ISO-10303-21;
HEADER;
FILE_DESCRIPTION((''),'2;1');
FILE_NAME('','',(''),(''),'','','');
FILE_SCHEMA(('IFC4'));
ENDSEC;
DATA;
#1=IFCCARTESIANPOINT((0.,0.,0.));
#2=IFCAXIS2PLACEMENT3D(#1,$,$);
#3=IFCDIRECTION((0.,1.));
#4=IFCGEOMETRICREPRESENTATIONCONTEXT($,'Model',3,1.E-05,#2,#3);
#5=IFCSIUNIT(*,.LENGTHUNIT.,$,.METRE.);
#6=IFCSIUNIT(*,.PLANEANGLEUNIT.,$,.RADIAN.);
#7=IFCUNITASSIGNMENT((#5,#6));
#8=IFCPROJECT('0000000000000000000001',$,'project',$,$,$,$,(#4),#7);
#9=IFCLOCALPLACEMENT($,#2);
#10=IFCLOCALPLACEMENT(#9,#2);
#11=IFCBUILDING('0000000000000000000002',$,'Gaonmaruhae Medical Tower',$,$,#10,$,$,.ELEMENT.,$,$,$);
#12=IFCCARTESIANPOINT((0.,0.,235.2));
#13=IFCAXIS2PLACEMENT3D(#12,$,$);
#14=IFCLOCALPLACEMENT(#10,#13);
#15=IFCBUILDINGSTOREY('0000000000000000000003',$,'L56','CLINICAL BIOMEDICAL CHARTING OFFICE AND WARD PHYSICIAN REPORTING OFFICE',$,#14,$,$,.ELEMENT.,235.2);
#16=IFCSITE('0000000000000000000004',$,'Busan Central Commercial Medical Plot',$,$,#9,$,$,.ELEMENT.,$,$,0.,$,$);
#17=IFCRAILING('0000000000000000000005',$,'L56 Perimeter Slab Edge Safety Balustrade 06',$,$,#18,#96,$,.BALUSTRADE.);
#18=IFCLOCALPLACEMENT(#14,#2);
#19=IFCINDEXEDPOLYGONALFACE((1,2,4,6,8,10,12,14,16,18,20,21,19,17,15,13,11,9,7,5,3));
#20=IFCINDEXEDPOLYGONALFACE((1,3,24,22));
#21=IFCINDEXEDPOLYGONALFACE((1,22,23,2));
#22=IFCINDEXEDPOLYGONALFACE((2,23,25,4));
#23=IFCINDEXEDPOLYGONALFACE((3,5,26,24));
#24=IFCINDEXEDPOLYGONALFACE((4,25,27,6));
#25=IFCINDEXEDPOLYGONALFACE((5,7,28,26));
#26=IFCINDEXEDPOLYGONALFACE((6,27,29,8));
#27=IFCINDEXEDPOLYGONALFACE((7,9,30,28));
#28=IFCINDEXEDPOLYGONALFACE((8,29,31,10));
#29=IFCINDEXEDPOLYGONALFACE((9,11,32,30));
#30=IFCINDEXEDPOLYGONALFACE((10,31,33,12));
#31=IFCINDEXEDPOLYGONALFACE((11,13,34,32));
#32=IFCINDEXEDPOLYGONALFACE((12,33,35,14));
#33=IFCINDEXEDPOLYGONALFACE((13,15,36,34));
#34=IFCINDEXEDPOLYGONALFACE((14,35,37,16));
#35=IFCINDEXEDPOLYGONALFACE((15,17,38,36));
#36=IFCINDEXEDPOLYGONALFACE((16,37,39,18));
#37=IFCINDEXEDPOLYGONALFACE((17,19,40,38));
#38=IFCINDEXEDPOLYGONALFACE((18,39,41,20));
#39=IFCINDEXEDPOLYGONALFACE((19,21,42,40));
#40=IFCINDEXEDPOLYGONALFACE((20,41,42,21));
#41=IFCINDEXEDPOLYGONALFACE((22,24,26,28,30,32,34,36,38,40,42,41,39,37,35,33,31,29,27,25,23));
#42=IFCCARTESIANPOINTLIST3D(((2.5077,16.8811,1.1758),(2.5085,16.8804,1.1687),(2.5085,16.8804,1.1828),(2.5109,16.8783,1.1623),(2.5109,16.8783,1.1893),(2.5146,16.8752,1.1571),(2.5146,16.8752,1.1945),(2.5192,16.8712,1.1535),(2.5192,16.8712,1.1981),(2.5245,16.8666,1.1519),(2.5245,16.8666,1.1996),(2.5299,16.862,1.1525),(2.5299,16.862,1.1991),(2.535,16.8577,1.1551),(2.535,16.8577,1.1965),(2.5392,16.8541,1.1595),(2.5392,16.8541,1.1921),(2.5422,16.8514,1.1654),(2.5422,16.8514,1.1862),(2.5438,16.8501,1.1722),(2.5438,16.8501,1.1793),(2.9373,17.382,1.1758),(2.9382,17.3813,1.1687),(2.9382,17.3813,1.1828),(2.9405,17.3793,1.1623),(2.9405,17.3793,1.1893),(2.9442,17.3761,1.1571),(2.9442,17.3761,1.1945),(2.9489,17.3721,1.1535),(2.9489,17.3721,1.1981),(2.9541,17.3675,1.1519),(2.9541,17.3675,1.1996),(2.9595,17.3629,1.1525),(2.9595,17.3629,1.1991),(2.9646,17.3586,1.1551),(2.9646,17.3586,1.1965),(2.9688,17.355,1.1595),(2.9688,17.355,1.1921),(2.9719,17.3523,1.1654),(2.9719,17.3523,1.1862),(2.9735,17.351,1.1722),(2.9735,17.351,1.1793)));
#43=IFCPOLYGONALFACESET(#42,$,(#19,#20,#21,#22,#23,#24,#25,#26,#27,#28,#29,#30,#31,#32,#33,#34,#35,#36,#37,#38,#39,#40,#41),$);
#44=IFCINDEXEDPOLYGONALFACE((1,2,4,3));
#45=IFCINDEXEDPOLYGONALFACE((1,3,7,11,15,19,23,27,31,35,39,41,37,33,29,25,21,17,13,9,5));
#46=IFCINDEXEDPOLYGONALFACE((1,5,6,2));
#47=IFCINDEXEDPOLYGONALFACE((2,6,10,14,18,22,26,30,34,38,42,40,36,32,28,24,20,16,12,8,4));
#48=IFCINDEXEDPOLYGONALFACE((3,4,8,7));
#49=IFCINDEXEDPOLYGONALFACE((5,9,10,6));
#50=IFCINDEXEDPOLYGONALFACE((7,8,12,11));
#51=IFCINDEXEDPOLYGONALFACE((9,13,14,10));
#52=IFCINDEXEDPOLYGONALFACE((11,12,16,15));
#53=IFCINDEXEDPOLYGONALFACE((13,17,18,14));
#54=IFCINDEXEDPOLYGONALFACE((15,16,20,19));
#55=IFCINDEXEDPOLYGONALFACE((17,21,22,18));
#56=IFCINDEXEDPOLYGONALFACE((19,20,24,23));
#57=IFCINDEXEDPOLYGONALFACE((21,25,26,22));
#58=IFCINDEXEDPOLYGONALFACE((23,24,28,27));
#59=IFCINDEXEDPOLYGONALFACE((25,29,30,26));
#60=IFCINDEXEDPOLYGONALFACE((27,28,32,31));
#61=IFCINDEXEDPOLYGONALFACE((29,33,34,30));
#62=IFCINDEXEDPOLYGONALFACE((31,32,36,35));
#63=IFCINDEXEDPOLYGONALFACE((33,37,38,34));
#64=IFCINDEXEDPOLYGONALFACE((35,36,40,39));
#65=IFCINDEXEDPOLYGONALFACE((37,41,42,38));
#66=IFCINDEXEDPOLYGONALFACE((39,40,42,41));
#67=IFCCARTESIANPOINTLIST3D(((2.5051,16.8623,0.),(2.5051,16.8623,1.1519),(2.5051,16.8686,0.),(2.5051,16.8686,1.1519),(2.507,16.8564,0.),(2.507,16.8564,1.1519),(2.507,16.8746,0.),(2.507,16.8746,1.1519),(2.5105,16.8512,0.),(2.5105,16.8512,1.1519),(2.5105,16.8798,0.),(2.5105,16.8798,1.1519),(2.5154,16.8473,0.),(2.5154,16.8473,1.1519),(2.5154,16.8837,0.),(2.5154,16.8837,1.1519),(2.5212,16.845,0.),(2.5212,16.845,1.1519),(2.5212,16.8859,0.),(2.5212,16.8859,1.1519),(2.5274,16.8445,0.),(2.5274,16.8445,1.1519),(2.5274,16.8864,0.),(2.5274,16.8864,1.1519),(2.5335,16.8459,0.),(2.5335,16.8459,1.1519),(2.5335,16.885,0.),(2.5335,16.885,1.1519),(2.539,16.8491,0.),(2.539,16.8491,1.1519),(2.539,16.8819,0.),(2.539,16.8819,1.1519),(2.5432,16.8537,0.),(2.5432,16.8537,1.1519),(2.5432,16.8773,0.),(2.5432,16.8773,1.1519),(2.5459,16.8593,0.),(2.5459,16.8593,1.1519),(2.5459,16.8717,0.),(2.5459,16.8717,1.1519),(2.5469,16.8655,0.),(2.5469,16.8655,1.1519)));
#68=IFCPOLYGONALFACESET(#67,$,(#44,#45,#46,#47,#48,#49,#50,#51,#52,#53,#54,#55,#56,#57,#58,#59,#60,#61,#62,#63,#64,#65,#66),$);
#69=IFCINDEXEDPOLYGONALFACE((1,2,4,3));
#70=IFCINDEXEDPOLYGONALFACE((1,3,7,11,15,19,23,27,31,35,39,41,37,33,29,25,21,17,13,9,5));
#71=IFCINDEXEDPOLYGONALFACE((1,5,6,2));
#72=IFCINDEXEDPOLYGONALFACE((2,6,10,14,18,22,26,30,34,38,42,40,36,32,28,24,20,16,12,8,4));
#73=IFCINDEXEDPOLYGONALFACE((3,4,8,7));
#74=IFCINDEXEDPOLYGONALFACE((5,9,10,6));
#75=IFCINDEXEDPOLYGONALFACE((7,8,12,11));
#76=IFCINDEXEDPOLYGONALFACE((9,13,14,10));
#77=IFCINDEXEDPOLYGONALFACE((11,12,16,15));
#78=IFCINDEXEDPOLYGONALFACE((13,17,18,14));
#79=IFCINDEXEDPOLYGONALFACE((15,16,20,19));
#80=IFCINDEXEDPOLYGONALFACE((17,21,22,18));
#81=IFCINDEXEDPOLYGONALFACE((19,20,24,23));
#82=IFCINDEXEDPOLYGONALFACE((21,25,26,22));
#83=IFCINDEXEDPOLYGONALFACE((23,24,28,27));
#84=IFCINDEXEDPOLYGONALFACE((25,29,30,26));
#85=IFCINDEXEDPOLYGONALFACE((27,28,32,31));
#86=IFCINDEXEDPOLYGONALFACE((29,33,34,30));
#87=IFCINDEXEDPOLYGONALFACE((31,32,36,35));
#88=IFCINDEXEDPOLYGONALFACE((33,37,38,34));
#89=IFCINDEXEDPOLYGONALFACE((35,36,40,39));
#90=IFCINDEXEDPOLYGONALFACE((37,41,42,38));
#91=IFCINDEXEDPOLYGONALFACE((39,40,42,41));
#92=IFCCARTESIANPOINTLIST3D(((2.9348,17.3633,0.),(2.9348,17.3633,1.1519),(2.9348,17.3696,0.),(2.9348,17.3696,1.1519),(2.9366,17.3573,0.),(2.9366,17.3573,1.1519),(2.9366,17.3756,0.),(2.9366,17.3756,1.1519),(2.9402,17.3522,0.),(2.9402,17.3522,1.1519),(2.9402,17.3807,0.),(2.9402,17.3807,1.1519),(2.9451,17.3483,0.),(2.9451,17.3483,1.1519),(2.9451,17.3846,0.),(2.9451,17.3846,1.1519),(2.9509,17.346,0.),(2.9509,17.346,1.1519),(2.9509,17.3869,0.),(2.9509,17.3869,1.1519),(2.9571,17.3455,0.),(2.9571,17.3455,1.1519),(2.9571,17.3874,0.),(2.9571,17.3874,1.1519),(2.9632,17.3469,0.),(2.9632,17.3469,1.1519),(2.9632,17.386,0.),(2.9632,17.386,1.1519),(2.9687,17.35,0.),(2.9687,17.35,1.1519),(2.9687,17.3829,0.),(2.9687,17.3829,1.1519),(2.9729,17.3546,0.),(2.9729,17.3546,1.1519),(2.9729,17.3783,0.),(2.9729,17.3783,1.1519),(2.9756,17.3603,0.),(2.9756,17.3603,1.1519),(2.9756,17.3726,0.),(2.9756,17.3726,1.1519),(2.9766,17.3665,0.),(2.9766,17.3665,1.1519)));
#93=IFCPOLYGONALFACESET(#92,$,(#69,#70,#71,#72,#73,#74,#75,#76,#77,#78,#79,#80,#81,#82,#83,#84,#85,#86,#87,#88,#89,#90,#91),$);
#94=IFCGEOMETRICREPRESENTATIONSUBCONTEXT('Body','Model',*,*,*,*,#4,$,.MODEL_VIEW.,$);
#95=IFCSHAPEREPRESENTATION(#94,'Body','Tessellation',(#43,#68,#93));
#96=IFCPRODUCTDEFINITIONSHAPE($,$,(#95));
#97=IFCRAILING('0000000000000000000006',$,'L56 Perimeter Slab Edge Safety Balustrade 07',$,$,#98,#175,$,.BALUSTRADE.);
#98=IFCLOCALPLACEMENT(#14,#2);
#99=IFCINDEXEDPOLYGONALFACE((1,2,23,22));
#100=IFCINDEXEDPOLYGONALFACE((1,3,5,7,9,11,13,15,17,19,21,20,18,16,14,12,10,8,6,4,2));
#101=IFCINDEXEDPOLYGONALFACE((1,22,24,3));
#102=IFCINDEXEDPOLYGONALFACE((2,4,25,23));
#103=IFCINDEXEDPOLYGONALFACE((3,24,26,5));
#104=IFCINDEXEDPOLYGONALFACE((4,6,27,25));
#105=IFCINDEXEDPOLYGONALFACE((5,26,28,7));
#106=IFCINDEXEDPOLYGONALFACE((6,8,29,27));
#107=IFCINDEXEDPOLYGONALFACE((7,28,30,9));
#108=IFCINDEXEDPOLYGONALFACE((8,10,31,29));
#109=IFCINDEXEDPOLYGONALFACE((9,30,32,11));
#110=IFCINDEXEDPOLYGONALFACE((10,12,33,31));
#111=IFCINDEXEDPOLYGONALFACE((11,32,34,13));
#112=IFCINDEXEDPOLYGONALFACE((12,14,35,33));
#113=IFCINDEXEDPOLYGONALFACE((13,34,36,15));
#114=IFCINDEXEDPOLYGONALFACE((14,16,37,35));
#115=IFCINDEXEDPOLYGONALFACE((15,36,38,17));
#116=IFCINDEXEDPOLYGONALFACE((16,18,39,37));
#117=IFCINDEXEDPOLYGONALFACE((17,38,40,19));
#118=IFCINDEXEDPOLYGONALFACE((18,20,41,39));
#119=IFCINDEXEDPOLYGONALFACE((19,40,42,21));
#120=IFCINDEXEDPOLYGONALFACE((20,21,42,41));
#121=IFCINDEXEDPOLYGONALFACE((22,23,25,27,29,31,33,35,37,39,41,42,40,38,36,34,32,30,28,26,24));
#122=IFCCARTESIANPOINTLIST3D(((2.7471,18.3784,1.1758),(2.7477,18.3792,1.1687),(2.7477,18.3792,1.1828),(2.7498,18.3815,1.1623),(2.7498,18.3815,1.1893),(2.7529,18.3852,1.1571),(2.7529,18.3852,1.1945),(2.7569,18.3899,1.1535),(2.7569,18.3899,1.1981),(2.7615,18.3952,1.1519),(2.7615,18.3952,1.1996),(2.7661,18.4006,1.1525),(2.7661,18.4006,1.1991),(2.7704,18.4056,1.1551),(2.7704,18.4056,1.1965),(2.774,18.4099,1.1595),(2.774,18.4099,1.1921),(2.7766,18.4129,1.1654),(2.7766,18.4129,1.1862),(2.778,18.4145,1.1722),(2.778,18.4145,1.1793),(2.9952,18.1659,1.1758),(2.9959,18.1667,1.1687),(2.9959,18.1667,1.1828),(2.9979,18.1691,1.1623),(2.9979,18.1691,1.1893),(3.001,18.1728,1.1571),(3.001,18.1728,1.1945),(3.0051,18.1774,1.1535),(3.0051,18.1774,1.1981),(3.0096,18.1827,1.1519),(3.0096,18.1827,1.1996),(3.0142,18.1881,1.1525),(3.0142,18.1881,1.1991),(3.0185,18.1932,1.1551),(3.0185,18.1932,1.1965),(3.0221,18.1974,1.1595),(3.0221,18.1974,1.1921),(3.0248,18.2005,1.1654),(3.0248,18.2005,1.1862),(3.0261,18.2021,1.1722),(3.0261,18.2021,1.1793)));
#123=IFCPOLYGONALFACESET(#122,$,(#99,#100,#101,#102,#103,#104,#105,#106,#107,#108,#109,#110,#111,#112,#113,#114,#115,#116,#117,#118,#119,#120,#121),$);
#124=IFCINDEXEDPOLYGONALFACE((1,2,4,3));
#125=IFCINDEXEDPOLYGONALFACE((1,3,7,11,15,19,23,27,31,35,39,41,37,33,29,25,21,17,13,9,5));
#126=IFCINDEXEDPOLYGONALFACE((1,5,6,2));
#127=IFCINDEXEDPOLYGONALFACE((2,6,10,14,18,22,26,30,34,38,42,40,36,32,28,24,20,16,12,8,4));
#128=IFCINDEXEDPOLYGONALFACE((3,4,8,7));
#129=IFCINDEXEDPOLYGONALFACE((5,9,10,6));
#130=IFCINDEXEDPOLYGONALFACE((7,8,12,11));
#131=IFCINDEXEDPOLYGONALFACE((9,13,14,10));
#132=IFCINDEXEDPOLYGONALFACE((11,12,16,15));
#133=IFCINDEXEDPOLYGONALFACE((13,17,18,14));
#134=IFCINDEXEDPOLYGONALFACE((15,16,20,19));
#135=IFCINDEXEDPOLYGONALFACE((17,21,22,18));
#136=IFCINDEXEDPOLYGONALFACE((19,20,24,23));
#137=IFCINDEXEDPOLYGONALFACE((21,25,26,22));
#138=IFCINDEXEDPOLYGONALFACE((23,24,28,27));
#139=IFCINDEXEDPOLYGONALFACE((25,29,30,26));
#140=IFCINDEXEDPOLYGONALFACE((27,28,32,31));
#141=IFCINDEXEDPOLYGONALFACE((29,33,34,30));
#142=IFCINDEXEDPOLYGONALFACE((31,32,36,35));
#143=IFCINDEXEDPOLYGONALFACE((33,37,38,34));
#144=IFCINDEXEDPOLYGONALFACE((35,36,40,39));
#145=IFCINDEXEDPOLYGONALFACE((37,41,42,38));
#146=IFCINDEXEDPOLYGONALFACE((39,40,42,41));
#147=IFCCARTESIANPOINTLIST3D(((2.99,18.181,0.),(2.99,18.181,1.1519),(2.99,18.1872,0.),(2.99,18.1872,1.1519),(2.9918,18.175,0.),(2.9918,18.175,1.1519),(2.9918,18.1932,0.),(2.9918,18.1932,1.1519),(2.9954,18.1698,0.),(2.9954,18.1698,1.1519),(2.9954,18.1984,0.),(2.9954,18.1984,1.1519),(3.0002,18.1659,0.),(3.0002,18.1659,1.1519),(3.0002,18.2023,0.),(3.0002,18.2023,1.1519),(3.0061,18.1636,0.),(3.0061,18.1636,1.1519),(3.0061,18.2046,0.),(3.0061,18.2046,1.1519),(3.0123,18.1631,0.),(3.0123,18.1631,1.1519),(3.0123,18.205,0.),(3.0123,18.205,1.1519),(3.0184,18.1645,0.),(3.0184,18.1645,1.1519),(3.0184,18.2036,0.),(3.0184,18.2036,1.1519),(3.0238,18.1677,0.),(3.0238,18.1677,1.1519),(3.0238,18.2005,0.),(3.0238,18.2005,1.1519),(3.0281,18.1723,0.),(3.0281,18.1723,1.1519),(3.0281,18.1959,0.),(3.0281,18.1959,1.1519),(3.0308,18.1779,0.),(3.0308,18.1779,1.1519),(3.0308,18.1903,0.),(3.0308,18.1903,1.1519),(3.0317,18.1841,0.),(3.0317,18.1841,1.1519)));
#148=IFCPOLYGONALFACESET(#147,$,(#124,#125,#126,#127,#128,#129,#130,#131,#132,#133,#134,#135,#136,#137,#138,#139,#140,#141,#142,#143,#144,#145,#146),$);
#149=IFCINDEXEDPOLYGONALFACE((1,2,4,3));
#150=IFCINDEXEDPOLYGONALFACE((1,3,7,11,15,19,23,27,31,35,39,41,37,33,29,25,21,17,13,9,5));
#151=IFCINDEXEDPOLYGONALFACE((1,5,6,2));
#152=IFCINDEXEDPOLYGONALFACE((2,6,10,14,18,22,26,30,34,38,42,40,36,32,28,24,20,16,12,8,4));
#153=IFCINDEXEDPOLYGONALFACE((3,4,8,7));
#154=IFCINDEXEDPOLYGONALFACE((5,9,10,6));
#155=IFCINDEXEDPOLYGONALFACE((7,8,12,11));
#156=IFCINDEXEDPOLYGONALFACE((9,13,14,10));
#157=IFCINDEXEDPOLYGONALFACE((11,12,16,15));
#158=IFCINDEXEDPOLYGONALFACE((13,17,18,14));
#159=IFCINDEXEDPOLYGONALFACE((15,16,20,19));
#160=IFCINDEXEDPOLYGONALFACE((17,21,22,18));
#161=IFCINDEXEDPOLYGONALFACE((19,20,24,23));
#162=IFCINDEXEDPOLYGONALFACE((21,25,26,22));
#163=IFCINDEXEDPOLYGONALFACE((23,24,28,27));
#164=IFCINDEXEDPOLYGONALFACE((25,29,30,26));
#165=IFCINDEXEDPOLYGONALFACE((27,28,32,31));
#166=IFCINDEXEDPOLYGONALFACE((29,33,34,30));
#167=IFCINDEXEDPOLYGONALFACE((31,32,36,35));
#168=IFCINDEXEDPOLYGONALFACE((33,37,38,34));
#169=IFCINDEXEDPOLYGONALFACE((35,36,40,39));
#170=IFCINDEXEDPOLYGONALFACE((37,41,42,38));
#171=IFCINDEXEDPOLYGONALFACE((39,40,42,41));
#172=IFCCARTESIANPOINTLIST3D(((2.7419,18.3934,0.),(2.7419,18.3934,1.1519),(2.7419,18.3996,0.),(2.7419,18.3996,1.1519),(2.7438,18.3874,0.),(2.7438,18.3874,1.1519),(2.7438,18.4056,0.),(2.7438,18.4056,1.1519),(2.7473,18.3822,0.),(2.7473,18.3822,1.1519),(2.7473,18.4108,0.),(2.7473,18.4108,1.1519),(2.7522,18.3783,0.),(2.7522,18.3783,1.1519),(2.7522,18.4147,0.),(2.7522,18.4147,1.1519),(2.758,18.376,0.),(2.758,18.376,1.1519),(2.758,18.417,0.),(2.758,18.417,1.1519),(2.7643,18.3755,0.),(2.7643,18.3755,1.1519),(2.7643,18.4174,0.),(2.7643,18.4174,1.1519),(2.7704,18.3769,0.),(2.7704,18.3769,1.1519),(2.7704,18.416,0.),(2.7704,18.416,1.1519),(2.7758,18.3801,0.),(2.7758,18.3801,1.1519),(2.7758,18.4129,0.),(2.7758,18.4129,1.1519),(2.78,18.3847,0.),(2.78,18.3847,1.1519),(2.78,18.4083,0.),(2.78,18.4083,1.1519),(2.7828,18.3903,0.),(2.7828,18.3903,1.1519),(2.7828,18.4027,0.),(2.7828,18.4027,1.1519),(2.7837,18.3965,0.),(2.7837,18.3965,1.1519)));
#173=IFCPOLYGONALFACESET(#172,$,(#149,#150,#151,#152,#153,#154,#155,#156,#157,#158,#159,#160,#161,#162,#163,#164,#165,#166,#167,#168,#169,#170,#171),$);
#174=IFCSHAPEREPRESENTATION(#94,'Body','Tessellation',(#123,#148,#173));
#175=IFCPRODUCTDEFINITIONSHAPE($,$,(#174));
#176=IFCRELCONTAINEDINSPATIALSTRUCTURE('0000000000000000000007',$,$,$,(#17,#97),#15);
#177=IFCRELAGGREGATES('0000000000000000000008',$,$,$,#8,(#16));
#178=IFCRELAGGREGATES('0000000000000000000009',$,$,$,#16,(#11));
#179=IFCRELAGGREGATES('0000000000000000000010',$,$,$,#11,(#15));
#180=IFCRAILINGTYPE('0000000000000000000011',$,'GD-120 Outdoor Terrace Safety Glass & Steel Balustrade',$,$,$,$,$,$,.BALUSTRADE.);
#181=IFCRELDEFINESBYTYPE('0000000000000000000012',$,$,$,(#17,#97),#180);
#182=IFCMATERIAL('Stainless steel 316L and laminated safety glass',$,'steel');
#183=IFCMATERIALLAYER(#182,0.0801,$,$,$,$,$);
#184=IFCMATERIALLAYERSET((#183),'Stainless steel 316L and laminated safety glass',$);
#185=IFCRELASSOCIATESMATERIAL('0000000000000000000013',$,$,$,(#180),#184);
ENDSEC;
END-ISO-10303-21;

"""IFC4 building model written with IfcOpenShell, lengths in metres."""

from ifc_helpers import new_model, si_unit, direction, frame, origin, origin_2d, place, context, subcontext, project, spatial, circle, extrude, material, layer, layer_set, type_object, element, save


model = new_model("IFC4")

# Units and contexts
model_context = context("Model", 3, precision=1e-05, world=origin(), true_north=direction((0.0, 1.0)))
body_context = subcontext(model_context, "Body", "Model", "MODEL_VIEW")
ifc_project = project(units=[si_unit("LENGTHUNIT", "METRE"), si_unit("PLANEANGLEUNIT", "RADIAN")], contexts=[model_context])

# Site, building, storey
site_placement = place(None, origin())
site = spatial("IfcSite", under=ifc_project, at=site_placement, Name="Busan Central Commercial Medical Plot", CompositionType="ELEMENT", RefElevation=0.0)
building_placement = place(site_placement, origin())
building = spatial("IfcBuilding", under=site, at=building_placement, Name="Gaonmaruhae Medical Tower", CompositionType="ELEMENT")
storey_placement = place(building_placement, frame((0.0, 0.0, 235.2)))
storey = spatial("IfcBuildingStorey", under=building, at=storey_placement, Name="L56", Description="CLINICAL BIOMEDICAL CHARTING OFFICE AND WARD PHYSICIAN REPORTING OFFICE", CompositionType="ELEMENT", Elevation=235.2)

# Railings
ifc_material_1 = material(Name="Stainless steel 316L and laminated safety glass", Category="steel")
ifc_layer_1 = layer(ifc_material_1, 0.0801)
ifc_layer_set_1 = layer_set([ifc_layer_1], Name="Stainless steel 316L and laminated safety glass")
railing_type = type_object("IfcRailingType", Name="GD-120 Outdoor Terrace Safety Glass & Steel Balustrade", PredefinedType="BALUSTRADE", material=ifc_layer_set_1)
railing_1_placement = place(storey_placement, frame((2.5259, 16.8655, 0.0)))
element("IfcRailing", 1, at=railing_1_placement, inside=storey, type_object=railing_type, Name="L56 Perimeter Slab Edge Safety Balustrade 06", PredefinedType="BALUSTRADE", context=body_context, shape_type="SweptSolid", body=[
    extrude(circle(Radius=0.0239, at=origin_2d()), frame((0.0, 0.0, 1.1758), z_axis=(0.651035, 0.759048, 0.0), x_axis=(-0.759048, 0.651035, 0.0)), (0.0, 0.0, 1.0), 0.6599),
    extrude(circle(Radius=0.021, at=origin_2d()), origin(), (0.0, 0.0, 1.0), 1.1519),
    extrude(circle(Radius=0.021, at=origin_2d()), frame((0.4297, 0.501, 0.0)), (0.0, 0.0, 1.0), 1.1519),
])
railing_2_placement = place(storey_placement, frame((3.0107, 18.1841, 0.0)))
element("IfcRailing", 2, at=railing_2_placement, inside=storey, type_object=railing_type, Name="L56 Perimeter Slab Edge Safety Balustrade 07", PredefinedType="BALUSTRADE", context=body_context, shape_type="SweptSolid", body=[
    extrude(circle(Radius=0.0239, at=origin_2d()), frame((0.0, 0.0, 1.1758), z_axis=(-0.759573, 0.650422, 0.0), x_axis=(-0.650422, -0.759573, 0.0)), (0.0, 0.0, 1.0), 0.3267),
    extrude(circle(Radius=0.021, at=origin_2d()), origin(), (0.0, 0.0, 1.0), 1.1519),
    extrude(circle(Radius=0.021, at=origin_2d()), frame((-0.248, 0.2124, 0.0)), (0.0, 0.0, 1.0), 1.1519),
])

save(model, "model.ifc")
